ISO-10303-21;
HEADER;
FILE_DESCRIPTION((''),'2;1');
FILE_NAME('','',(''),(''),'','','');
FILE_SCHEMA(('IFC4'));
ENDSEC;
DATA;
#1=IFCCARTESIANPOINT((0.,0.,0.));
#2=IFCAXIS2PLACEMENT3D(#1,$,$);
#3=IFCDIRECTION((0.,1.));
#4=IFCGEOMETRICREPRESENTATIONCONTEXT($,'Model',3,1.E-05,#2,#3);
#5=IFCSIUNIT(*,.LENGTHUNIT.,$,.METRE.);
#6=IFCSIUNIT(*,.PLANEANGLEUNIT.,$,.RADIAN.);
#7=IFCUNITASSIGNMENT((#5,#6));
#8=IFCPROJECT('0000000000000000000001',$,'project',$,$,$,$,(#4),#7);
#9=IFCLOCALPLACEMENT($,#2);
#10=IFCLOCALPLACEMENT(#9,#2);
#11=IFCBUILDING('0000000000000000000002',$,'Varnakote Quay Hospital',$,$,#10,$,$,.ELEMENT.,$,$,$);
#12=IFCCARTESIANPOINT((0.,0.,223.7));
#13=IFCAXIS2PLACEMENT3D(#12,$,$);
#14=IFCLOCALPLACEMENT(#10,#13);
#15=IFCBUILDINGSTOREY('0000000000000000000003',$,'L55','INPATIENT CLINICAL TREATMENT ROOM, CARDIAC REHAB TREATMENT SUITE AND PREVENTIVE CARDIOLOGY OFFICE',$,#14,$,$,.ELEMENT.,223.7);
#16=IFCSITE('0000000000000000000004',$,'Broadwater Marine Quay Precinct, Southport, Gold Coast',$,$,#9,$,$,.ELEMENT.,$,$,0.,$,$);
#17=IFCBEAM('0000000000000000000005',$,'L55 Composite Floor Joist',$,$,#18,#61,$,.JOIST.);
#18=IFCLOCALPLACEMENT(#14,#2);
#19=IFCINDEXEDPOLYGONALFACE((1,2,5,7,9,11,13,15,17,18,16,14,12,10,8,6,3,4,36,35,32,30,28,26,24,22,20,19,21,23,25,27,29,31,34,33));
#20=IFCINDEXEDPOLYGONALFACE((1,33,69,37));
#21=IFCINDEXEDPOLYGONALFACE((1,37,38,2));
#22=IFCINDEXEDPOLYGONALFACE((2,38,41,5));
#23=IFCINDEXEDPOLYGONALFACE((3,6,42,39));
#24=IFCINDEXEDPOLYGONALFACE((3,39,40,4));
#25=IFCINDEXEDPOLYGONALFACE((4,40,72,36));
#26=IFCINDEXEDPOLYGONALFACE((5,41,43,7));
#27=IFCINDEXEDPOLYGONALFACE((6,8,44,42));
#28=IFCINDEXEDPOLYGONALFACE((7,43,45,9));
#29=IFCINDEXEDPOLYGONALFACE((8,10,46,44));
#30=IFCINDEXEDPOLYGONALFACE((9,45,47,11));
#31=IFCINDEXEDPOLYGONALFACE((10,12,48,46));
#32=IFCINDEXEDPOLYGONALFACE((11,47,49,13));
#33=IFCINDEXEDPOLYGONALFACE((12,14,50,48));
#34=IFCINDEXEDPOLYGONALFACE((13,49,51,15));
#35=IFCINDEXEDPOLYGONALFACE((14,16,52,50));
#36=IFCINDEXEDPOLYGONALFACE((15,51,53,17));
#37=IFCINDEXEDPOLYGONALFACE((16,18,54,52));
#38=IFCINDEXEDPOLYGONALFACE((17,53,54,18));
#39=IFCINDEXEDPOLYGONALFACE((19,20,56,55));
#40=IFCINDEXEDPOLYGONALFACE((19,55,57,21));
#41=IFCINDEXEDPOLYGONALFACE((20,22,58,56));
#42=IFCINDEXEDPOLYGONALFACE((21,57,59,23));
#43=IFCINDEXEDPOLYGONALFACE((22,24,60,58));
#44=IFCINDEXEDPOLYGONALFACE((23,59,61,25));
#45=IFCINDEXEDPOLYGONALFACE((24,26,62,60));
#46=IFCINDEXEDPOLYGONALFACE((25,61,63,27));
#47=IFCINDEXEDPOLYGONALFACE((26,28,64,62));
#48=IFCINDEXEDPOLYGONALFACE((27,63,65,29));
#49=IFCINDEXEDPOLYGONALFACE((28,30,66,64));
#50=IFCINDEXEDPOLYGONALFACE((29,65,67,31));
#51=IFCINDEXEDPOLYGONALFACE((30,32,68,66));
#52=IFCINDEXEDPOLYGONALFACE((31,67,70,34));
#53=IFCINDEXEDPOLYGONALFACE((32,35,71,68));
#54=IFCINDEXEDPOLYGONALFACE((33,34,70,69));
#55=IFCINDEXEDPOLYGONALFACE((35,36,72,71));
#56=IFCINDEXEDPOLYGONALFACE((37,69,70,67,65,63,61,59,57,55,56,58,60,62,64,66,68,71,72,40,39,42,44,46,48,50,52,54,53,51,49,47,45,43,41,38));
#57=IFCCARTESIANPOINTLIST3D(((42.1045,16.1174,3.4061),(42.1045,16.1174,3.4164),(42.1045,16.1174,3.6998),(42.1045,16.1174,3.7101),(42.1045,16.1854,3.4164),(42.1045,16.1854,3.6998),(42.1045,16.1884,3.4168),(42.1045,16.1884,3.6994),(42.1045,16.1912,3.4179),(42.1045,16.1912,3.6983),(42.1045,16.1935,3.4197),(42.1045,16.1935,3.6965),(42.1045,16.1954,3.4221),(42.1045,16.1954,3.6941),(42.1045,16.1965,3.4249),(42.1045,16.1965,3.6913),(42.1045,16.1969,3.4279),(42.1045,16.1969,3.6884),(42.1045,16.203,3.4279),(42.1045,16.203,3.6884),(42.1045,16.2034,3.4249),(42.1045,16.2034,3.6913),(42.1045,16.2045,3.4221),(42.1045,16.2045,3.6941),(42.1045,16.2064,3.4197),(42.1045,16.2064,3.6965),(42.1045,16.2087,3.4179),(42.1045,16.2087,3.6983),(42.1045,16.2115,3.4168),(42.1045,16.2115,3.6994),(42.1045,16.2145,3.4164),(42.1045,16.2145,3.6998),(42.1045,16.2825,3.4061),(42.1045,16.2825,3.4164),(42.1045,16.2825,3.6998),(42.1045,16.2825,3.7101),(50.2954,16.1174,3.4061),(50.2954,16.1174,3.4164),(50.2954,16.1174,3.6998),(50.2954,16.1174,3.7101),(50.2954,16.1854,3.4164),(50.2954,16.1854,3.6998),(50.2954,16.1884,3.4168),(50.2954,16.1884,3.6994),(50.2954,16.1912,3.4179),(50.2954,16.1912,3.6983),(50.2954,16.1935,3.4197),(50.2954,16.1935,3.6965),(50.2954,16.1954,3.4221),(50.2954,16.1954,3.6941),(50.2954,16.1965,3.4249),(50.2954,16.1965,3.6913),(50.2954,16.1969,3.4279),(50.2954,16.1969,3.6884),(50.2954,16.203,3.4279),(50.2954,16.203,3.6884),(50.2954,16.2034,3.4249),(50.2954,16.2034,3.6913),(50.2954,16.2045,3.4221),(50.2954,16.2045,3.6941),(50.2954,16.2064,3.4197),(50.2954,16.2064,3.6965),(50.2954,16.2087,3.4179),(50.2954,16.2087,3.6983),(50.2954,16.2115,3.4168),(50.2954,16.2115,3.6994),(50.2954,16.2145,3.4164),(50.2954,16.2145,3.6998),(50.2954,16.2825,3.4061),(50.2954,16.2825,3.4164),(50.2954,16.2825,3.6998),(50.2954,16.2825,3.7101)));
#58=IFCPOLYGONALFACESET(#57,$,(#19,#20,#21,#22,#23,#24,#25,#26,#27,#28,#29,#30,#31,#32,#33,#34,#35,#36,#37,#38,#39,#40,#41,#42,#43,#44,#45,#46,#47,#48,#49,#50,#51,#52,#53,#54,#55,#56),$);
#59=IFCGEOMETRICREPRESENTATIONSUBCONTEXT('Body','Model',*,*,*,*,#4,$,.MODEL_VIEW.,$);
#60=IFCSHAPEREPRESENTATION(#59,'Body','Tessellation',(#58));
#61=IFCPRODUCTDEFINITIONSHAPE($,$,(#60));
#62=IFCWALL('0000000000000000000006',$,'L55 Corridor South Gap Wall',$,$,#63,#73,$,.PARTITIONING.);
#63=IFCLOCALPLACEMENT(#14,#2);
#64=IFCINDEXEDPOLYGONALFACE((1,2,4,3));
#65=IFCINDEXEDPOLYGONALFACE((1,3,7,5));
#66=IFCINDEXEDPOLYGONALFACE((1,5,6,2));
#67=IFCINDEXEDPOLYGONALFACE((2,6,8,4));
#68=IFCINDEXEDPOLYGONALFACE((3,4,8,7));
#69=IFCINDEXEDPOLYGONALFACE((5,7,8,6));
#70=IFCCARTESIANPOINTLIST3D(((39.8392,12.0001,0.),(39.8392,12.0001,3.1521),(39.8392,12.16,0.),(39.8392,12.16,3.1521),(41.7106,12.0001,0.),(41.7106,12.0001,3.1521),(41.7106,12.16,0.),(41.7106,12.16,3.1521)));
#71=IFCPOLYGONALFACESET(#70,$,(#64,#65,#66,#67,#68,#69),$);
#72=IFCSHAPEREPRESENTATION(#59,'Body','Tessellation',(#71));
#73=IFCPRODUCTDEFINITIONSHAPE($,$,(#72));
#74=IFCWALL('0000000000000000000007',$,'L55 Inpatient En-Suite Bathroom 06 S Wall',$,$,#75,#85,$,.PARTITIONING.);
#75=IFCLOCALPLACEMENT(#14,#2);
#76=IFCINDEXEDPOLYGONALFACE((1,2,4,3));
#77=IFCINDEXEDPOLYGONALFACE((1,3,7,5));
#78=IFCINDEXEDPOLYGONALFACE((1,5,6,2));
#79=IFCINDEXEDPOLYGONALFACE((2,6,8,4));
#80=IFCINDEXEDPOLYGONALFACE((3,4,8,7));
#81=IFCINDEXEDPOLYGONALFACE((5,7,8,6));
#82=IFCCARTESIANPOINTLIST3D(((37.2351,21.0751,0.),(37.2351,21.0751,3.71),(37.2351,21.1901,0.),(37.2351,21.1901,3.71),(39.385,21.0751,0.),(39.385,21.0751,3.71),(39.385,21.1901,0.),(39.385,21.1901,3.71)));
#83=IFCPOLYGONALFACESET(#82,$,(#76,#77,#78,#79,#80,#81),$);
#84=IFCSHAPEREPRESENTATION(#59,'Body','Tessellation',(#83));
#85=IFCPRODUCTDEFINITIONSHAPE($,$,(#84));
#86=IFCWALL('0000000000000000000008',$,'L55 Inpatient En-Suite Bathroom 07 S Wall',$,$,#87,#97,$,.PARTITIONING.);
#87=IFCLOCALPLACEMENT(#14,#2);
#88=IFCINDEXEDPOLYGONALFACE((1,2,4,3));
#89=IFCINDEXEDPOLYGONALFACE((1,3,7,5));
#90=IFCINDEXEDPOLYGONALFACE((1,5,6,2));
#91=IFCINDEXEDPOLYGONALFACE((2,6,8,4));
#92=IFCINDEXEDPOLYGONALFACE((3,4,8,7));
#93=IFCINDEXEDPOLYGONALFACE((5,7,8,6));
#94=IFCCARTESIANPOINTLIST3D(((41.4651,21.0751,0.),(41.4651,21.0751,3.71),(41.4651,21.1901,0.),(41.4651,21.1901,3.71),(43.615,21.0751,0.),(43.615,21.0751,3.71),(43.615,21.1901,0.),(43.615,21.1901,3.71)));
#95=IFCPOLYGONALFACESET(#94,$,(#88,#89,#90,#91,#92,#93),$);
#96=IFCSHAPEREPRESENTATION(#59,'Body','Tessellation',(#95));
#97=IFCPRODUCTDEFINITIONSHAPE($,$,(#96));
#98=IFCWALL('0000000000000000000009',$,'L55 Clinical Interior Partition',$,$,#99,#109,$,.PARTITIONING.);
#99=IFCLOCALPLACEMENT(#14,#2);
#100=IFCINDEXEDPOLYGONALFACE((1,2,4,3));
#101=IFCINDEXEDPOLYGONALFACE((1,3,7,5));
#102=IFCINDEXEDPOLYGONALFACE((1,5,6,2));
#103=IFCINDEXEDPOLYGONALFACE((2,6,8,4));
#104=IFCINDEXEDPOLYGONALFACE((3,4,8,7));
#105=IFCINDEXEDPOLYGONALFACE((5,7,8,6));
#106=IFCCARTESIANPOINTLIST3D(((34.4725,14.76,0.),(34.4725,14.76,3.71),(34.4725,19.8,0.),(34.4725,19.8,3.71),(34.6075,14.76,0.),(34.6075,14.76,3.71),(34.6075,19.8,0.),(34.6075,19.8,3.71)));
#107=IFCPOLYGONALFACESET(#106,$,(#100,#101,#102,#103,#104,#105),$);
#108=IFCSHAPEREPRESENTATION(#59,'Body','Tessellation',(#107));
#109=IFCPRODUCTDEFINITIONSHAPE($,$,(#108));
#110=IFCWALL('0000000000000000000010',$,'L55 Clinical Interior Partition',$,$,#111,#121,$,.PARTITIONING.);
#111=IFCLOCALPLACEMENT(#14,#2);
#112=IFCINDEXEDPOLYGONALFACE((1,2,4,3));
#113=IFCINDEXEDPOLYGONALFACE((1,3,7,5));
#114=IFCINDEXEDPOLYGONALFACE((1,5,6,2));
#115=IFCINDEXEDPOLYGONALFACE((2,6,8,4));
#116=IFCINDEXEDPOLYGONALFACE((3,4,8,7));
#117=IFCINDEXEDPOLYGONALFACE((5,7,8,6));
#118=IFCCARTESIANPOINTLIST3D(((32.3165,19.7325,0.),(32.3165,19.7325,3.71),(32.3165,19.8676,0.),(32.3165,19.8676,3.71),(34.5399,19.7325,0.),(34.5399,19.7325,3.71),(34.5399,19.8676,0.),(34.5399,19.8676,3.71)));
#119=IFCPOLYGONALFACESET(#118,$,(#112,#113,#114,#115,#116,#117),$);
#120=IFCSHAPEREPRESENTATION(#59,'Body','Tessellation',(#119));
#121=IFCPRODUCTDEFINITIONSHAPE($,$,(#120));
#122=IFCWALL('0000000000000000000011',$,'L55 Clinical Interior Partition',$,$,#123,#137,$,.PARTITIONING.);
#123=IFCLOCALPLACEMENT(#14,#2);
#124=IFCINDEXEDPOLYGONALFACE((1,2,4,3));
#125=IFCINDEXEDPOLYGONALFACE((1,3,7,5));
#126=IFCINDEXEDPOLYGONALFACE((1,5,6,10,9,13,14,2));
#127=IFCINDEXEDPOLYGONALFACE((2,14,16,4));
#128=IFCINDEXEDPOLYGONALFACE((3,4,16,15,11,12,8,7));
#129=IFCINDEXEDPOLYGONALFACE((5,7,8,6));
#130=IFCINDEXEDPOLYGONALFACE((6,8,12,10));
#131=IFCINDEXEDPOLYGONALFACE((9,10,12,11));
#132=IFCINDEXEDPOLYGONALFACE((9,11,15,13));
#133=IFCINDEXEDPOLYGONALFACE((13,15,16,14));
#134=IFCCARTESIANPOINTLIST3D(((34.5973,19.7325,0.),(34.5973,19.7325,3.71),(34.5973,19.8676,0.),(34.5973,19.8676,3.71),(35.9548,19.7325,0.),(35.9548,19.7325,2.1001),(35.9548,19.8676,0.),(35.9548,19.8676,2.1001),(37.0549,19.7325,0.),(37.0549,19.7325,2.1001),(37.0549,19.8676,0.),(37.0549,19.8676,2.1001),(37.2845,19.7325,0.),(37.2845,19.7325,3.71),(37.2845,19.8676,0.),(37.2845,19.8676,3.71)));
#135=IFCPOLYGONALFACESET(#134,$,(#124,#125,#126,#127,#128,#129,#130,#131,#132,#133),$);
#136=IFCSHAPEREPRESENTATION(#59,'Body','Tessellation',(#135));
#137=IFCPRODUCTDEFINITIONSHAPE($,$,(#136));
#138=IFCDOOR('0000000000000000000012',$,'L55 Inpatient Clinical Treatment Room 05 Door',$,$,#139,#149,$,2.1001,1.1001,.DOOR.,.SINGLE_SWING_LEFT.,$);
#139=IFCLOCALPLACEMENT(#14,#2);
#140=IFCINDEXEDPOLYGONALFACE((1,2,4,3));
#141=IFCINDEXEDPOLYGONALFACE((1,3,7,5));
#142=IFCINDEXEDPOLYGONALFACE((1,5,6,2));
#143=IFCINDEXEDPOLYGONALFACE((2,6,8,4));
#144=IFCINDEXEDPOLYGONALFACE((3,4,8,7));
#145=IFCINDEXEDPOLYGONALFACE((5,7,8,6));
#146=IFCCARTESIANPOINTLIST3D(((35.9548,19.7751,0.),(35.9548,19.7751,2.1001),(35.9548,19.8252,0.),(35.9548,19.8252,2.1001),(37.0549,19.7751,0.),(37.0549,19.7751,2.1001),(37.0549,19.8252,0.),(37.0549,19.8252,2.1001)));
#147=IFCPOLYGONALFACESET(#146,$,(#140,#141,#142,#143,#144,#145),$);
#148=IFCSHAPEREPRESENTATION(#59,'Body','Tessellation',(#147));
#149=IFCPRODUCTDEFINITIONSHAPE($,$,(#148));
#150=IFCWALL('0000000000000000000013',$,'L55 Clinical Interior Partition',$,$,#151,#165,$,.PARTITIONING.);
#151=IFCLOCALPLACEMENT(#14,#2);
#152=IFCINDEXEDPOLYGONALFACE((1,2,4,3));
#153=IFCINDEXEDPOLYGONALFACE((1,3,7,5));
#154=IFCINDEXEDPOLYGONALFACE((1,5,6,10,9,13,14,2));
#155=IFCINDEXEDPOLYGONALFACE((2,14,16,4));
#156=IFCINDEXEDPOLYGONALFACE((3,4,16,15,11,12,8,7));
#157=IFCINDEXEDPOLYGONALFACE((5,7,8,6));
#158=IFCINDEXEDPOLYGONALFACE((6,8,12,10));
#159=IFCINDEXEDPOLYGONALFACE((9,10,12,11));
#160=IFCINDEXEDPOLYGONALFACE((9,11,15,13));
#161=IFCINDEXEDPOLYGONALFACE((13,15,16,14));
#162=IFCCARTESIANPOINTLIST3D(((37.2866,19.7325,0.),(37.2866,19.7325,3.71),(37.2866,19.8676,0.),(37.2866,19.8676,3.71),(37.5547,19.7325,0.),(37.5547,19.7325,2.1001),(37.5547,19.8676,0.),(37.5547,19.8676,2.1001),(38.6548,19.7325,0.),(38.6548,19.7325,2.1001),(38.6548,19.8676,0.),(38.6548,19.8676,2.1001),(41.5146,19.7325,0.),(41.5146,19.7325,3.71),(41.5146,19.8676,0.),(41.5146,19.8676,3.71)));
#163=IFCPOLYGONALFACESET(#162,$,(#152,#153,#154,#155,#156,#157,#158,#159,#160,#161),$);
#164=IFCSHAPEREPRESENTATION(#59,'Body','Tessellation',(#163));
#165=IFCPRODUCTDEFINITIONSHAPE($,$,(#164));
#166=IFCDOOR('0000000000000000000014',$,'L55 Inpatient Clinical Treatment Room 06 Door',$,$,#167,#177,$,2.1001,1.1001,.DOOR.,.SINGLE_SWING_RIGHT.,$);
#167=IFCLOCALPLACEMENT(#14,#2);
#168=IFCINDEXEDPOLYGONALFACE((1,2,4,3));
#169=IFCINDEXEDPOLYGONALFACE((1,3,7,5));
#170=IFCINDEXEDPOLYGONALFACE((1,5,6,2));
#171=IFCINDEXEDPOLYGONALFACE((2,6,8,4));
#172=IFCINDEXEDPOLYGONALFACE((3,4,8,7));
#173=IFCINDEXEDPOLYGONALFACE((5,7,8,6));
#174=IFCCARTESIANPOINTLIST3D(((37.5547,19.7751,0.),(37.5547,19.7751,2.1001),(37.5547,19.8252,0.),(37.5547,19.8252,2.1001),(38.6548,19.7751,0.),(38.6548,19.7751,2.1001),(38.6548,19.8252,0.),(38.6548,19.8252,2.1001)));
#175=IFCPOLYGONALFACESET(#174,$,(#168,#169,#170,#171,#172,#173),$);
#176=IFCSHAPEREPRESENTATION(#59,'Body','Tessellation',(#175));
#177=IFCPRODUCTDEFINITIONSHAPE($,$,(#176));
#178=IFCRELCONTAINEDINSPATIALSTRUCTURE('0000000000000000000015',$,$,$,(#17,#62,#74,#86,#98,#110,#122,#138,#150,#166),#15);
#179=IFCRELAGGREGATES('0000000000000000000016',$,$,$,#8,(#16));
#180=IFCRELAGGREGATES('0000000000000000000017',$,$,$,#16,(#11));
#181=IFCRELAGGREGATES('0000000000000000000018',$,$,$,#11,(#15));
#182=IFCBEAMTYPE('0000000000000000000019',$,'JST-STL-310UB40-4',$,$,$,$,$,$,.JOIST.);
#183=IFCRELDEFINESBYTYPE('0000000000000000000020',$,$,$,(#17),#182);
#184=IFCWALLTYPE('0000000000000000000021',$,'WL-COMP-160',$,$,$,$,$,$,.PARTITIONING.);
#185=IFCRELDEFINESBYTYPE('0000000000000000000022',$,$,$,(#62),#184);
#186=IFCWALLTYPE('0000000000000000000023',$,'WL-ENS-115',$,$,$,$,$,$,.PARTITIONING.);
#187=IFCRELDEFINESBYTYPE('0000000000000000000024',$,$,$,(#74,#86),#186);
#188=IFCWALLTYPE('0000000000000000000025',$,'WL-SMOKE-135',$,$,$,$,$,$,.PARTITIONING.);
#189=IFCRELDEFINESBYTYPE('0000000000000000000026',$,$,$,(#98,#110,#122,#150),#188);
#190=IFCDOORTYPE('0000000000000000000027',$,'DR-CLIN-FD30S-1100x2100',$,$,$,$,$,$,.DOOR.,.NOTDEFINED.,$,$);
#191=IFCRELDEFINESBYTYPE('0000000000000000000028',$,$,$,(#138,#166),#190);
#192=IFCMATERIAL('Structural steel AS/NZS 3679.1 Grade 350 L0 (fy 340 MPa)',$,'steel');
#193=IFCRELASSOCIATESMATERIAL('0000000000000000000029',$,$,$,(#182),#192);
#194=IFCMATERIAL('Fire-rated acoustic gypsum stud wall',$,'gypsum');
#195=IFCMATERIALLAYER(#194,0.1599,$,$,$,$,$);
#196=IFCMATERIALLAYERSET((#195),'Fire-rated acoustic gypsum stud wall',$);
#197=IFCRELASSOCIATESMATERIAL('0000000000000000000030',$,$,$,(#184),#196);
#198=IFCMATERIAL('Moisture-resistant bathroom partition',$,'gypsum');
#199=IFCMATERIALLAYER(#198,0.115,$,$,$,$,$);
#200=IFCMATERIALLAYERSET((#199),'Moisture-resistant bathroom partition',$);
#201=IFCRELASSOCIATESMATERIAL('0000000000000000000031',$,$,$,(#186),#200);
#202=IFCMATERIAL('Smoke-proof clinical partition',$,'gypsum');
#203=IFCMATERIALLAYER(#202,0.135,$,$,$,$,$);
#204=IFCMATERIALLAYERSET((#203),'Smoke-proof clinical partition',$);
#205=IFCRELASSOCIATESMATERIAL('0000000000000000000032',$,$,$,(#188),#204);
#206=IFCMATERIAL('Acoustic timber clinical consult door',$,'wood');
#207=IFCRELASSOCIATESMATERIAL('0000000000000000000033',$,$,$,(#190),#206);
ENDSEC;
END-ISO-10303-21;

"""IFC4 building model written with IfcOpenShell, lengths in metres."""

from ifc_helpers import new_model, si_unit, direction, frame, frame_2d, origin, origin_2d, place, context, subcontext, project, spatial, rectangle, i_section, extrude, material, layer, layer_set, material_profile, profile_set, type_object, element, fill, save


model = new_model("IFC4")

# Units and contexts
model_context = context("Model", 3, precision=1e-05, world=origin(), true_north=direction((0.0, 1.0)))
body_context = subcontext(model_context, "Body", "Model", "MODEL_VIEW")
ifc_project = project(units=[si_unit("LENGTHUNIT", "METRE"), si_unit("PLANEANGLEUNIT", "RADIAN")], contexts=[model_context])

# Site, building, storey
site_placement = place(None, origin())
site = spatial("IfcSite", under=ifc_project, at=site_placement, Name="Broadwater Marine Quay Precinct, Southport, Gold Coast", CompositionType="ELEMENT", RefElevation=0.0)
building_placement = place(site_placement, origin())
building = spatial("IfcBuilding", under=site, at=building_placement, Name="Varnakote Quay Hospital", CompositionType="ELEMENT")
storey_placement = place(building_placement, frame((0.0, 0.0, 223.7)))
storey = spatial("IfcBuildingStorey", under=building, at=storey_placement, Name="L55", Description="INPATIENT CLINICAL TREATMENT ROOM, CARDIAC REHAB TREATMENT SUITE AND PREVENTIVE CARDIOLOGY OFFICE", CompositionType="ELEMENT", Elevation=223.7)

# Beam
ifc_material_1 = material(Name="Structural steel AS/NZS 3679.1 Grade 350 L0 (fy 340 MPa)", Category="steel")
ifc_material_profile_1 = material_profile(ifc_material_1, i_section(OverallWidth=0.165, OverallDepth=0.304, WebThickness=0.0061, FlangeThickness=0.0103, FilletRadius=0.0115, at=origin_2d()), Name="310UB40.4")
ifc_profile_set_1 = profile_set([ifc_material_profile_1], Name="Structural steel AS/NZS 3679.1 Grade 350 L0 (fy 340 MPa)")
beam_type_1 = type_object("IfcBeamType", Name="JST-STL-310UB40-4", PredefinedType="JOIST", material=ifc_profile_set_1)
beam_1_placement = place(storey_placement, frame((42.1045, 16.2, 3.5581), z_axis=(1.0, 0.0, 0.0), x_axis=(0.0, 1.0, 0.0)))
element("IfcBeam", 1, at=beam_1_placement, inside=storey, type_object=beam_type_1, Name="L55 Composite Floor Joist", PredefinedType="JOIST", context=body_context, shape_type="SweptSolid", body=[
    extrude(i_section(OverallWidth=0.165, OverallDepth=0.304, WebThickness=0.0061, FlangeThickness=0.0103, FilletRadius=0.0115, at=origin_2d()), origin(), (0.0, 0.0, 1.0), 8.1909),
])

# Walls
ifc_material_2 = material(Name="Fire-rated acoustic gypsum stud wall", Category="gypsum")
ifc_layer_1 = layer(ifc_material_2, 0.1599)
ifc_layer_set_1 = layer_set([ifc_layer_1], Name="Fire-rated acoustic gypsum stud wall")
wall_type_1 = type_object("IfcWallType", Name="WL-COMP-160", PredefinedType="PARTITIONING", material=ifc_layer_set_1)
wall_1_placement = place(storey_placement, frame((39.8394, 12.0801, 0.0), z_axis=(0.0, 0.0, 1.0), x_axis=(1.0, 0.0, 0.0)))
element("IfcWall", 2, at=wall_1_placement, inside=storey, type_object=wall_type_1, Name="L55 Corridor South Gap Wall", PredefinedType="PARTITIONING", context=body_context, shape_type="SweptSolid", body=[
    extrude(rectangle(XDim=1.8713, YDim=0.1599, at=frame_2d((0.9355, 0.0))), origin(), (0.0, 0.0, 1.0), 3.1521),
])
ifc_material_3 = material(Name="Moisture-resistant bathroom partition", Category="gypsum")
ifc_layer_2 = layer(ifc_material_3, 0.115)
ifc_layer_set_2 = layer_set([ifc_layer_2], Name="Moisture-resistant bathroom partition")
wall_type_2 = type_object("IfcWallType", Name="WL-ENS-115", PredefinedType="PARTITIONING", material=ifc_layer_set_2)
for number, where, z_axis, x_axis, name in (
    (3, (37.2351, 21.1326, 0.0), (0.0, 0.0, 1.0), (1.0, 0.0, 0.0), "L55 Inpatient En-Suite Bathroom 06 S Wall"),
    (4, (41.4651, 21.1326, 0.0), (0.0, 0.0, 1.0), (1.0, 0.0, 0.0), "L55 Inpatient En-Suite Bathroom 07 S Wall"),
):
    element("IfcWall", number, at=place(storey_placement, frame(where, z_axis=z_axis, x_axis=x_axis)), inside=storey, type_object=wall_type_2, Name=name, PredefinedType="PARTITIONING", context=body_context, shape_type="SweptSolid", body=[
        extrude(rectangle(XDim=2.1499, YDim=0.115, at=frame_2d((1.075, 0.0))), origin(), (0.0, 0.0, 1.0), 3.71),
    ])
ifc_material_4 = material(Name="Smoke-proof clinical partition", Category="gypsum")
ifc_layer_3 = layer(ifc_material_4, 0.135)
ifc_layer_set_3 = layer_set([ifc_layer_3], Name="Smoke-proof clinical partition")
wall_type_3 = type_object("IfcWallType", Name="WL-SMOKE-135", PredefinedType="PARTITIONING", material=ifc_layer_set_3)
wall_2_placement = place(storey_placement, frame((34.54, 14.76, 0.0), z_axis=(0.0, 0.0, 1.0), x_axis=(0.0, 1.0, 0.0)))
element("IfcWall", 5, at=wall_2_placement, inside=storey, type_object=wall_type_3, Name="L55 Clinical Interior Partition", PredefinedType="PARTITIONING", context=body_context, shape_type="SweptSolid", body=[
    extrude(rectangle(XDim=5.04, YDim=0.135, at=frame_2d((2.52, 0.0))), origin(), (0.0, 0.0, 1.0), 3.71),
])
wall_3_placement = place(storey_placement, frame((34.54, 19.8, 0.0), z_axis=(0.0, 0.0, 1.0), x_axis=(-1.0, 0.0, 0.0)))
element("IfcWall", 6, at=wall_3_placement, inside=storey, type_object=wall_type_3, Name="L55 Clinical Interior Partition", PredefinedType="PARTITIONING", context=body_context, shape_type="SweptSolid", body=[
    extrude(rectangle(XDim=2.2234, YDim=0.135, at=frame_2d((1.1118, 0.0))), origin(), (0.0, 0.0, 1.0), 3.71),
])

# Walls, openings, doors
wall_4_placement = place(storey_placement, frame((37.2847, 19.8, 0.0), z_axis=(0.0, 0.0, 1.0), x_axis=(-1.0, 0.0, 0.0)))
wall_4 = element("IfcWall", 7, at=wall_4_placement, inside=storey, type_object=wall_type_3, Name="L55 Clinical Interior Partition", PredefinedType="PARTITIONING", context=body_context, shape_type="SweptSolid", body=[
    extrude(rectangle(XDim=2.6873, YDim=0.135, at=frame_2d((1.3438, 0.0))), origin(), (0.0, 0.0, 1.0), 3.71),
])
opening_1_placement = place(wall_4_placement, frame((0.2297, 0.0, 0.0)))
opening_1 = element("IfcOpeningElement", 8, at=opening_1_placement, cuts=wall_4, PredefinedType="OPENING", context=body_context, shape_type="SweptSolid", body=[
    extrude(rectangle(XDim=1.1001, YDim=2.1001, at=frame_2d((0.55, 1.05))), frame((0.0, 0.0774, 0.0), z_axis=(0.0, -1.0, 0.0), x_axis=(1.0, 0.0, 0.0)), (0.0, 0.0, 1.0), 0.155),
])
ifc_material_5 = material(Name="Acoustic timber clinical consult door", Category="wood")
door_type = type_object("IfcDoorType", Name="DR-CLIN-FD30S-1100x2100", OperationType="NOTDEFINED", PredefinedType="DOOR", material=ifc_material_5)
door_1_placement = place(opening_1_placement, origin())
door_1 = element("IfcDoor", 9, at=door_1_placement, inside=storey, type_object=door_type, Name="L55 Inpatient Clinical Treatment Room 05 Door", OperationType="SINGLE_SWING_LEFT", OverallHeight=2.1001, OverallWidth=1.1001, PredefinedType="DOOR", context=body_context, shape_type="SweptSolid", body=[
    extrude(rectangle(XDim=1.1001, YDim=2.1001, at=frame_2d((0.55, 1.05))), frame((0.0, 0.0249, 0.0), z_axis=(0.0, -1.0, 0.0), x_axis=(1.0, 0.0, 0.0)), (0.0, 0.0, 1.0), 0.05),
])
fill(opening_1, door_1)
wall_5_placement = place(storey_placement, frame((41.5146, 19.8, 0.0), z_axis=(0.0, 0.0, 1.0), x_axis=(-1.0, 0.0, 0.0)))
wall_5 = element("IfcWall", 10, at=wall_5_placement, inside=storey, type_object=wall_type_3, Name="L55 Clinical Interior Partition", PredefinedType="PARTITIONING", context=body_context, shape_type="SweptSolid", body=[
    extrude(rectangle(XDim=4.228, YDim=0.135, at=frame_2d((2.114, 0.0))), origin(), (0.0, 0.0, 1.0), 3.71),
])
opening_2_placement = place(wall_5_placement, frame((2.8599, 0.0, 0.0)))
opening_2 = element("IfcOpeningElement", 11, at=opening_2_placement, cuts=wall_5, PredefinedType="OPENING", context=body_context, shape_type="SweptSolid", body=[
    extrude(rectangle(XDim=1.1001, YDim=2.1001, at=frame_2d((0.55, 1.05))), frame((0.0, 0.0774, 0.0), z_axis=(0.0, -1.0, 0.0), x_axis=(1.0, 0.0, 0.0)), (0.0, 0.0, 1.0), 0.155),
])
door_2_placement = place(opening_2_placement, origin())
door_2 = element("IfcDoor", 12, at=door_2_placement, inside=storey, type_object=door_type, Name="L55 Inpatient Clinical Treatment Room 06 Door", OperationType="SINGLE_SWING_RIGHT", OverallHeight=2.1001, OverallWidth=1.1001, PredefinedType="DOOR", context=body_context, shape_type="SweptSolid", body=[
    extrude(rectangle(XDim=1.1001, YDim=2.1001, at=frame_2d((0.55, 1.05))), frame((0.0, 0.0249, 0.0), z_axis=(0.0, -1.0, 0.0), x_axis=(1.0, 0.0, 0.0)), (0.0, 0.0, 1.0), 0.05),
])
fill(opening_2, door_2)

save(model, "model.ifc")
